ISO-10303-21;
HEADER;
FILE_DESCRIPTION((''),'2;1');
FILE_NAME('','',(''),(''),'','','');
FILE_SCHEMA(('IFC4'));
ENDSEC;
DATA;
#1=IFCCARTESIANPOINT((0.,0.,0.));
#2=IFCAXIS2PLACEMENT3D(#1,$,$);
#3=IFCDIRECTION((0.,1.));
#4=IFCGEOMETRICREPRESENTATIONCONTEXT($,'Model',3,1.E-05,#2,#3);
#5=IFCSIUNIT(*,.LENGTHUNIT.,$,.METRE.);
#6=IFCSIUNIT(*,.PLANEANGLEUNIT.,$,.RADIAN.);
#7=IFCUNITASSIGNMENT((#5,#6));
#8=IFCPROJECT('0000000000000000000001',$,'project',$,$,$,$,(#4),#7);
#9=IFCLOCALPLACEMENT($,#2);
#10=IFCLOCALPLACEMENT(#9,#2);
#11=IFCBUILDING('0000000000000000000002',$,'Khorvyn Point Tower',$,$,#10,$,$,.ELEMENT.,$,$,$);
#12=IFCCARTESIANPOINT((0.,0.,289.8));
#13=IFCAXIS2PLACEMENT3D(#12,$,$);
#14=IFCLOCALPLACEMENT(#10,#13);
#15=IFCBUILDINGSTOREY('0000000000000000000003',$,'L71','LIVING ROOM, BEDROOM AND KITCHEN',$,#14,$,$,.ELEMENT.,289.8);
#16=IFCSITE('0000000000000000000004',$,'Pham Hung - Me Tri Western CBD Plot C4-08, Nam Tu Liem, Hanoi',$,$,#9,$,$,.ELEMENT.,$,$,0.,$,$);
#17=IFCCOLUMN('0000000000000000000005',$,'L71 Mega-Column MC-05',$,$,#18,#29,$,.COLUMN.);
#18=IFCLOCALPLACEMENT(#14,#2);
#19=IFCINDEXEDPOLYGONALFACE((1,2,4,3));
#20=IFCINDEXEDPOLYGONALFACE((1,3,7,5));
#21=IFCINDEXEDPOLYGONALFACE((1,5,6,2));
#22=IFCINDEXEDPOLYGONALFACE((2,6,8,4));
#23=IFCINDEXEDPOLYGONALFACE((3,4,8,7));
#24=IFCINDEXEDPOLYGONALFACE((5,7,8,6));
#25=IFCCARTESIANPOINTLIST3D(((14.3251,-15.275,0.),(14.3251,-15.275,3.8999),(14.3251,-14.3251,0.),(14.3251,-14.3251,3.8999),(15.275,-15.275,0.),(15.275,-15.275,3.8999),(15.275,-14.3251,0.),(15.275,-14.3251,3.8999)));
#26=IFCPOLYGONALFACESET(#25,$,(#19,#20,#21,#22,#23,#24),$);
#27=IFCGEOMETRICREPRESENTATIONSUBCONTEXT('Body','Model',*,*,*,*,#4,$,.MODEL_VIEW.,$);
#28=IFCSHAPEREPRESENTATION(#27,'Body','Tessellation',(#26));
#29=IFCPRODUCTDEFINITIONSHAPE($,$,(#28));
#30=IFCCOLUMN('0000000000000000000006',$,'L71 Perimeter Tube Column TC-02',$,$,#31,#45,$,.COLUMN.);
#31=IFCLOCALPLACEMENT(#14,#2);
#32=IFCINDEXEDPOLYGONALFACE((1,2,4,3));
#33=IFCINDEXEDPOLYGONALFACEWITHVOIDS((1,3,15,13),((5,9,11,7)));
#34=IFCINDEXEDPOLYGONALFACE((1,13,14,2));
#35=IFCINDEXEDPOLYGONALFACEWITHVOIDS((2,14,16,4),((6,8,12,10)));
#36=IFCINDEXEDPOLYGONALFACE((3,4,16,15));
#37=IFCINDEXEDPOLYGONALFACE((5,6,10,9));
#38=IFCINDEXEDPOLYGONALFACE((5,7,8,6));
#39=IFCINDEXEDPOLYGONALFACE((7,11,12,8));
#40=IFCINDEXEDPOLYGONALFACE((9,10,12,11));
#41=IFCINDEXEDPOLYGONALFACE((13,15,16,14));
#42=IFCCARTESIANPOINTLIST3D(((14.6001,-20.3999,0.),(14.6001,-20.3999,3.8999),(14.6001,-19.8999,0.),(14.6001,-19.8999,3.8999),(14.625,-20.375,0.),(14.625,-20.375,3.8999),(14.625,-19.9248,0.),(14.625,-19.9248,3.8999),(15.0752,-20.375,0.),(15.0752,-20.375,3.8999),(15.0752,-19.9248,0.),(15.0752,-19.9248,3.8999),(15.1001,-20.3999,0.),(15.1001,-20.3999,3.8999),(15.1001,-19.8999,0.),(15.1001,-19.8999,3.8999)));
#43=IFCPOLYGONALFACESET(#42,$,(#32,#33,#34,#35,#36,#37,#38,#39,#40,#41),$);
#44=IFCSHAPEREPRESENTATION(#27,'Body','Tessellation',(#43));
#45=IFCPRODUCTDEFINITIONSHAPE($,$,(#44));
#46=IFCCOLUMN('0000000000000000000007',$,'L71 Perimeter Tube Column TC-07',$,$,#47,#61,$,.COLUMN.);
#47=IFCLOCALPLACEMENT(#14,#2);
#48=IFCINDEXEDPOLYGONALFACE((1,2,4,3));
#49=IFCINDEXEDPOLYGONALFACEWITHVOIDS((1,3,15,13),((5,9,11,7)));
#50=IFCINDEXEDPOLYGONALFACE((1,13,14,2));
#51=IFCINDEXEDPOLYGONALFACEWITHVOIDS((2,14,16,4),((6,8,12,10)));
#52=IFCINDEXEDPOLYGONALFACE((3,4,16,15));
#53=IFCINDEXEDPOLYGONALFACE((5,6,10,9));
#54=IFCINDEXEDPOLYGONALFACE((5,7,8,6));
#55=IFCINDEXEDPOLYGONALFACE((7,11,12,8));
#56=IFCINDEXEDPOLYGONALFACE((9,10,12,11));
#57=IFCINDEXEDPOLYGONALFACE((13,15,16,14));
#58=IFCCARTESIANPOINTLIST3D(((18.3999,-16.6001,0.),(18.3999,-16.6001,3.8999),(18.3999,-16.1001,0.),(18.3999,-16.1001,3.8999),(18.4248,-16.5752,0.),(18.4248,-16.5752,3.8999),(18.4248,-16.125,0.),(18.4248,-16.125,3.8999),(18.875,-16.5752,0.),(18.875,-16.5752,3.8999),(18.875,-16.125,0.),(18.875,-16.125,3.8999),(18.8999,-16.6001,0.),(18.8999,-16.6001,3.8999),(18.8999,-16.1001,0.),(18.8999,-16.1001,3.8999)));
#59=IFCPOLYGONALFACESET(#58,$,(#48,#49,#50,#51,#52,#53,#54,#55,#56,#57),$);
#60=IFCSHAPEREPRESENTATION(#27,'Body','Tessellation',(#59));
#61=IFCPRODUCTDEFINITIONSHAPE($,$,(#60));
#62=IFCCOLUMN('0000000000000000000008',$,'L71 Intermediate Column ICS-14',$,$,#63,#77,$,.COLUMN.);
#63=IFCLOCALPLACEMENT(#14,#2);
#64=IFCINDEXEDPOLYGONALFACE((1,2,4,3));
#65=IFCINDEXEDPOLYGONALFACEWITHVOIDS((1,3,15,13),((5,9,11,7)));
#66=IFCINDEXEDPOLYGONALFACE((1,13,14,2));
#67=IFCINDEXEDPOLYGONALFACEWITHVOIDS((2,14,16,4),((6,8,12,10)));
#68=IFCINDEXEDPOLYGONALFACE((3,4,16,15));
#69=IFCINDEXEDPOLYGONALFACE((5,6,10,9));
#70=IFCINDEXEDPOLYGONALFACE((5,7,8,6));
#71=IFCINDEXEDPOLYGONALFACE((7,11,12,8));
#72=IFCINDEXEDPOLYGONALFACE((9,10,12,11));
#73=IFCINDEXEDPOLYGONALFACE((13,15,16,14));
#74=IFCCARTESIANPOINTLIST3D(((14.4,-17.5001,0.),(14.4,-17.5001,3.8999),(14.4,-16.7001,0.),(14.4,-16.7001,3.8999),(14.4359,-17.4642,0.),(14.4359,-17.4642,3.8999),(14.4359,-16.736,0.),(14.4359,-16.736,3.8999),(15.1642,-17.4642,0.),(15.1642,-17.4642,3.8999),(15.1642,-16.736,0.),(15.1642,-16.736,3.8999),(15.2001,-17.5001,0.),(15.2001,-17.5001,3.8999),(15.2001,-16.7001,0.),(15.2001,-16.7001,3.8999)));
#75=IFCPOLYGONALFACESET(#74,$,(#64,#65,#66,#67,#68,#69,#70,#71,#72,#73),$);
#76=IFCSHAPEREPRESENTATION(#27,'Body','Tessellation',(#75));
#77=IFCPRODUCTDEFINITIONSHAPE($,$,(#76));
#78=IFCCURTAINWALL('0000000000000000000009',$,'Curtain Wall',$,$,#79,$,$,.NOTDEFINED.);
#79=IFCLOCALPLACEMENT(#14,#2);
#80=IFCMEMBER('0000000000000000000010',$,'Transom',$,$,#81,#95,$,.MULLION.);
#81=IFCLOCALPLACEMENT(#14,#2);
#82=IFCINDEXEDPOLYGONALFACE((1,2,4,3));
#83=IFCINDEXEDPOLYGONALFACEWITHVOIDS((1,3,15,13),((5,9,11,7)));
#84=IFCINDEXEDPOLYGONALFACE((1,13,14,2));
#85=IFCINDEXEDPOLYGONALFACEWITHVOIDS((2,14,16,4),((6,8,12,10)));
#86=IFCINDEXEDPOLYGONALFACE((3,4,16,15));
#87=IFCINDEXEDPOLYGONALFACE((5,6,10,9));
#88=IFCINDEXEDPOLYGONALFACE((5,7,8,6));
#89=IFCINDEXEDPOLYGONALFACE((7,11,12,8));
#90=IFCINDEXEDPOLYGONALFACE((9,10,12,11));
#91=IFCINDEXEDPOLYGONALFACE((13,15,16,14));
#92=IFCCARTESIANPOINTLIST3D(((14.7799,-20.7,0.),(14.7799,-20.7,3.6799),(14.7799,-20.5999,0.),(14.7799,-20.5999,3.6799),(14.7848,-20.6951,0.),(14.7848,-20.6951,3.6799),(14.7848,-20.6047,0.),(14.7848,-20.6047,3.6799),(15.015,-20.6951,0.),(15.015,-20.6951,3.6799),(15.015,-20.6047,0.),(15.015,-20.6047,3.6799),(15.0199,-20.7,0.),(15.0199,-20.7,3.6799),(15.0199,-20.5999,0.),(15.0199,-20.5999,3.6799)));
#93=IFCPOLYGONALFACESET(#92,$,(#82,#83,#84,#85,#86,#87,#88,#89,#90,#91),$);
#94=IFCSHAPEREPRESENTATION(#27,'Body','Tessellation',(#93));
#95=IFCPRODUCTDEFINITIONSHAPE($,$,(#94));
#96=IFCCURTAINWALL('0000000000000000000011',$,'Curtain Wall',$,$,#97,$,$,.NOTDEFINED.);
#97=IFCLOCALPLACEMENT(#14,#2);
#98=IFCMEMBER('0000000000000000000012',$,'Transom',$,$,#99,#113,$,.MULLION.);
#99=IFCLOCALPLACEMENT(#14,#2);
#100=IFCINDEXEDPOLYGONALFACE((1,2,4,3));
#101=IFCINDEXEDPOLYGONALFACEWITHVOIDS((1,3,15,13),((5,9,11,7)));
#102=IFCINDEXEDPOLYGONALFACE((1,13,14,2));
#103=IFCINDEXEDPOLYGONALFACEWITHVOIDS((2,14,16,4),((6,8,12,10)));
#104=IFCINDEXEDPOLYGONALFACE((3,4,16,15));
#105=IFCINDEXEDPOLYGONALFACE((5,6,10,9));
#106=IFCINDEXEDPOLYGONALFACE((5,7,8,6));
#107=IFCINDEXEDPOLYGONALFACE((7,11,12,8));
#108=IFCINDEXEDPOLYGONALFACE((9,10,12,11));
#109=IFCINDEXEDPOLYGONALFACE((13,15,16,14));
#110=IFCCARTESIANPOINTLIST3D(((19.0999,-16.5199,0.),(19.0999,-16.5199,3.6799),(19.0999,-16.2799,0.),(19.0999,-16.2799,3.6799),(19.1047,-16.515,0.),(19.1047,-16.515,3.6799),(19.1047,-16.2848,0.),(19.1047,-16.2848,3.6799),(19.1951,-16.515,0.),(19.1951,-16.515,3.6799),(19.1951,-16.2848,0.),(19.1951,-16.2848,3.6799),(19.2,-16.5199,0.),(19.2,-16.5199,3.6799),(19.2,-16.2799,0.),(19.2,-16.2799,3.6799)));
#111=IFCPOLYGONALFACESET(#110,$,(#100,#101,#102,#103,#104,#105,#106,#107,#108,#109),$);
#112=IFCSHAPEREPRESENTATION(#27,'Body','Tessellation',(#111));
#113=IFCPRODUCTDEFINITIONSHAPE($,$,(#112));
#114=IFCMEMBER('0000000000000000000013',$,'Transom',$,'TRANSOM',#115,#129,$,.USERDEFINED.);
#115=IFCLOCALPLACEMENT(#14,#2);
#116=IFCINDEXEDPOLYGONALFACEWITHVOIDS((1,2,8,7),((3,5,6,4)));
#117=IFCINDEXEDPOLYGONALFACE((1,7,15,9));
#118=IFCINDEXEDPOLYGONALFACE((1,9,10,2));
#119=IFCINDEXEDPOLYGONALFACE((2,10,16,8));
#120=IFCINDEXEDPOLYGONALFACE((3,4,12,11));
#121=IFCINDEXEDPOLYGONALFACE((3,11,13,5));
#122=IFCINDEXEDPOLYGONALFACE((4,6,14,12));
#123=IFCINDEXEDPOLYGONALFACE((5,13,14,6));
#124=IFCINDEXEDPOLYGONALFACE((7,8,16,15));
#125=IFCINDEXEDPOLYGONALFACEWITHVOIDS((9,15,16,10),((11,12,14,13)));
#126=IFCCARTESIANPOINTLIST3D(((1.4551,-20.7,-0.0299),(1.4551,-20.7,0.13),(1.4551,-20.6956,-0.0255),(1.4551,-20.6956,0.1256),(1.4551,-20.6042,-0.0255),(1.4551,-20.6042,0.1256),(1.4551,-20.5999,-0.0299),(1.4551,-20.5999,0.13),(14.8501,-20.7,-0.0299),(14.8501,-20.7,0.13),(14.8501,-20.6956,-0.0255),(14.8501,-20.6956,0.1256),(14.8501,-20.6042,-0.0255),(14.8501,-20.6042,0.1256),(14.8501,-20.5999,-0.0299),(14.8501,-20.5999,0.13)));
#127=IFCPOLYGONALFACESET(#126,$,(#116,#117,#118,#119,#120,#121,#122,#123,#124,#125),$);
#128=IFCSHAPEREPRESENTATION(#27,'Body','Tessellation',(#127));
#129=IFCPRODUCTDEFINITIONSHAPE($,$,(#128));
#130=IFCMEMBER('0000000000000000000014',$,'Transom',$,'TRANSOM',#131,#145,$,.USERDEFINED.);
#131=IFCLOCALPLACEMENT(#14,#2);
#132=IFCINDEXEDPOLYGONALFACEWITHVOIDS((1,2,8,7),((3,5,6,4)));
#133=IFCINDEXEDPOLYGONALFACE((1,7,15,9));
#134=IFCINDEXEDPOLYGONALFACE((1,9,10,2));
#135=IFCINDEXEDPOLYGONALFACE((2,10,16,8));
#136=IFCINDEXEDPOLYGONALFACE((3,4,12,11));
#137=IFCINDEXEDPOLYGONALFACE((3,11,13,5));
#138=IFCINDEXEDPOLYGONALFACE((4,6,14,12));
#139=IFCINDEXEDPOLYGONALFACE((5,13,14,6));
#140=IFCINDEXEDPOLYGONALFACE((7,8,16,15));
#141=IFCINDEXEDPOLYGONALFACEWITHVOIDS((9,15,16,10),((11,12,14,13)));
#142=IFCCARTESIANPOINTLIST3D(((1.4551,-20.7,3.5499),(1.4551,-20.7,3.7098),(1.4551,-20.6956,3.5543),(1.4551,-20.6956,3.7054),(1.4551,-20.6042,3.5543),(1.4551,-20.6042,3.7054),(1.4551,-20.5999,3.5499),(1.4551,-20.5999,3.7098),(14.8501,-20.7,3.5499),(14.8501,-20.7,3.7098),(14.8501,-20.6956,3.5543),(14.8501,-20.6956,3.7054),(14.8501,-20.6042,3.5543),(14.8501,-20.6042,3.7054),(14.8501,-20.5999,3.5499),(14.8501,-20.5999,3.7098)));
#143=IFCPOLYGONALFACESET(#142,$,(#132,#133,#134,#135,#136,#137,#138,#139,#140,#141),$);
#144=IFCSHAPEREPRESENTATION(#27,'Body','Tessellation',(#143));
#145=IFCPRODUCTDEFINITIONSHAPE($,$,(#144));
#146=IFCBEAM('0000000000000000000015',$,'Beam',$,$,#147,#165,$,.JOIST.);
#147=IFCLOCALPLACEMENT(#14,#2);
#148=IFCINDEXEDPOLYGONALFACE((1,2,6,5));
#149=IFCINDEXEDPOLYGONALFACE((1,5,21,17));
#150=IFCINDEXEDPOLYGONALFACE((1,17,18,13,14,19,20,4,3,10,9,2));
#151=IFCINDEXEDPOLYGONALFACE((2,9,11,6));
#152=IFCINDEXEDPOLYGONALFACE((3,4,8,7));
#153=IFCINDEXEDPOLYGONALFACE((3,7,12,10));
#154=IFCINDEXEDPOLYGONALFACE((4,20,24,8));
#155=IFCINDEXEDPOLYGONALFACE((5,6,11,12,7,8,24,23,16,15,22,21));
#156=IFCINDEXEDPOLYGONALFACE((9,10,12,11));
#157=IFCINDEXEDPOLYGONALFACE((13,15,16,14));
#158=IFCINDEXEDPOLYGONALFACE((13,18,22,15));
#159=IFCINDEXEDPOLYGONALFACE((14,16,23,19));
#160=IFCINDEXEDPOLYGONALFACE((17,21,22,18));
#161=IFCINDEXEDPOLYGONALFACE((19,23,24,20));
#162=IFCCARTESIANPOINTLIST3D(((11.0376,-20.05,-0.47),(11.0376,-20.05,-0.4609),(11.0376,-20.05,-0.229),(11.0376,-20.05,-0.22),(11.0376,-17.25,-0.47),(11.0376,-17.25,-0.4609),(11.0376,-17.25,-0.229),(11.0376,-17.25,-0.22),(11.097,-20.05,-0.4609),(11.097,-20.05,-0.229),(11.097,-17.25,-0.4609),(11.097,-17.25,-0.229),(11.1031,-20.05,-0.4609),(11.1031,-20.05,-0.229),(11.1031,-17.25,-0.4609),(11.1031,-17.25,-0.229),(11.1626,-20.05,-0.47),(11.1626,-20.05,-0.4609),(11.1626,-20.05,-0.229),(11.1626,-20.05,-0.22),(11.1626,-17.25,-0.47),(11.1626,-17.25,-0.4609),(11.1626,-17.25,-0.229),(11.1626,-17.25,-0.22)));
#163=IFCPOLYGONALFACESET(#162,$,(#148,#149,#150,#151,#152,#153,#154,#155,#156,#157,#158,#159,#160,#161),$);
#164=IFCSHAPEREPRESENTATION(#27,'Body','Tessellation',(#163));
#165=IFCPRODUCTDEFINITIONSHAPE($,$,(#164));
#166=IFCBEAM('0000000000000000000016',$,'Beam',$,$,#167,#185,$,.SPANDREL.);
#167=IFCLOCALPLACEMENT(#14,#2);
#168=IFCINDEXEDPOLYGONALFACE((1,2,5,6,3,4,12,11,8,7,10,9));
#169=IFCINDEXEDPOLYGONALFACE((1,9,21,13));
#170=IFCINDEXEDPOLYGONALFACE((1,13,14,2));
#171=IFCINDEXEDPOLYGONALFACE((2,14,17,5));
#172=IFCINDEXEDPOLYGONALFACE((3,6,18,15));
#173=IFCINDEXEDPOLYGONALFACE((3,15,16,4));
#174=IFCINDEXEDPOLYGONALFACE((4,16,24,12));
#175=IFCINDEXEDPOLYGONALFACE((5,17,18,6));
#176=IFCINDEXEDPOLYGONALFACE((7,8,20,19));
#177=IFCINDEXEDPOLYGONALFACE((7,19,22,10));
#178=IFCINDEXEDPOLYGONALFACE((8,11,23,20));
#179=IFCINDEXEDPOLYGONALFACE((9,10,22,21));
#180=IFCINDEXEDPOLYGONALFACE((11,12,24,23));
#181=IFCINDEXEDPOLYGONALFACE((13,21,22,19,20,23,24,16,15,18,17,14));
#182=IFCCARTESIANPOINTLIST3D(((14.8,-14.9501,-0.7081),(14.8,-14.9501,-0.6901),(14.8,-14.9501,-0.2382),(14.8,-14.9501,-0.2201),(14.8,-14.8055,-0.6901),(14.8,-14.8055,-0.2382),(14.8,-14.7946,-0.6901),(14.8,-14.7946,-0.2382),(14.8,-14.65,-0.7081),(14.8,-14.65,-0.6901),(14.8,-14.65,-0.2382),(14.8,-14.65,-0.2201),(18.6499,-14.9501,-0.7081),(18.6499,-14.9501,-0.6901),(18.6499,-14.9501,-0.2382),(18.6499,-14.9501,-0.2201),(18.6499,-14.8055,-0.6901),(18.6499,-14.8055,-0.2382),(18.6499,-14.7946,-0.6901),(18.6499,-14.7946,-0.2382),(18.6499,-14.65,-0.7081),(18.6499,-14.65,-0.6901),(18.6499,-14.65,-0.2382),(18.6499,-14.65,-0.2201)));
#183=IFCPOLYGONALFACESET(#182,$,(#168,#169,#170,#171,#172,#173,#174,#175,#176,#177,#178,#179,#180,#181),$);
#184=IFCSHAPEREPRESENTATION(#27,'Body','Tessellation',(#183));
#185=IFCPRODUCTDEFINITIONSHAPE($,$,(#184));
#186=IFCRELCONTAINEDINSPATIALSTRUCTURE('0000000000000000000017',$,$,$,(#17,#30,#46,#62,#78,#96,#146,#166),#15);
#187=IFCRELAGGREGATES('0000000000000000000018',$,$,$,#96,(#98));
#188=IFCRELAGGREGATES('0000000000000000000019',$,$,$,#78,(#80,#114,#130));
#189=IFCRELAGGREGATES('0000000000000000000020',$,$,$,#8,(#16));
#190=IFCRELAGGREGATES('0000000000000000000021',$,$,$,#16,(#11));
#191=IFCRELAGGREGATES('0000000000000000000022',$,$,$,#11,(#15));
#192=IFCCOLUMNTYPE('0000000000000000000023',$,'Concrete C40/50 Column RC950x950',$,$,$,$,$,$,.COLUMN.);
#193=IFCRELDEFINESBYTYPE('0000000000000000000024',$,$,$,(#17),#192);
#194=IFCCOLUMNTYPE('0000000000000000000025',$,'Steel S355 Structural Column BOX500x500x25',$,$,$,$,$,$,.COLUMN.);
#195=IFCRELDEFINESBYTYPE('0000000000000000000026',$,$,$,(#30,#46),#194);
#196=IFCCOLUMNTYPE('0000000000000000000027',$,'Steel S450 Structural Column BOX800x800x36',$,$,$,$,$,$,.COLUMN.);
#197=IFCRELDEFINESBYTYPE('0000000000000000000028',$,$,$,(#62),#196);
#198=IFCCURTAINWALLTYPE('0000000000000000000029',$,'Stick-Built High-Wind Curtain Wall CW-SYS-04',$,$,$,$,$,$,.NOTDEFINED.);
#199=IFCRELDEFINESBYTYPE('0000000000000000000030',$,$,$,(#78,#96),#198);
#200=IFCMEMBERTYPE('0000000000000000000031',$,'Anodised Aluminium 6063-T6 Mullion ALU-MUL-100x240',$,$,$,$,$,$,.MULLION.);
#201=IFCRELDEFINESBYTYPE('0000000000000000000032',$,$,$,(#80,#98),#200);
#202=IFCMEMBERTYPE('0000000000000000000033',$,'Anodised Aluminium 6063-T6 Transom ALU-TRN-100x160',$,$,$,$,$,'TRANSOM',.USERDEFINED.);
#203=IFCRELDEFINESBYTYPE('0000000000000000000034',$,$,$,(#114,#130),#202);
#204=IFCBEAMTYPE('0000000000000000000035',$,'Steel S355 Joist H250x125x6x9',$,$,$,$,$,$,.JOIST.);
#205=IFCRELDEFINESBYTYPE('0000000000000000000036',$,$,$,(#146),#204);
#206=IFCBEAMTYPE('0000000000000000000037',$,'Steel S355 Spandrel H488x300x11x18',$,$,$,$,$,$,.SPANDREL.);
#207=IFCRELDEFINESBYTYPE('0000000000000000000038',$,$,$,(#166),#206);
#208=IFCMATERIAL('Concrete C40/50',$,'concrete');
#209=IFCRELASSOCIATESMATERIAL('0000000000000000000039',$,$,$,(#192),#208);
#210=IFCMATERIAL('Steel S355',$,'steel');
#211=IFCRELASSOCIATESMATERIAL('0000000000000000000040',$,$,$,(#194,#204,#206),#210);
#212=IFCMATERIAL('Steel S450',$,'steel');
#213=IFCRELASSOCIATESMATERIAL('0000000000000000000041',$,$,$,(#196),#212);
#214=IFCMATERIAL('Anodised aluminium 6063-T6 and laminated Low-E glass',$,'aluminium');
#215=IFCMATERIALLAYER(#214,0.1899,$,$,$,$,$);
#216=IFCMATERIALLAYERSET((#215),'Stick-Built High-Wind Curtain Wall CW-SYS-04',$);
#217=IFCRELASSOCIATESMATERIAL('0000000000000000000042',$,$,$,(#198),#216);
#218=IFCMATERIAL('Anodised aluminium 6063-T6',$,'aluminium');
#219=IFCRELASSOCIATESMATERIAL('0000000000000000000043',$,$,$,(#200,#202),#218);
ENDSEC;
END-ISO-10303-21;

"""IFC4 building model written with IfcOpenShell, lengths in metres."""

from ifc_helpers import new_model, si_unit, direction, frame, origin, origin_2d, place, context, subcontext, project, spatial, rectangle, hollow_rectangle, i_section, extrude, material, layer, layer_set, material_profile, profile_set, type_object, element, aggregate, save


model = new_model("IFC4")

# Units and contexts
model_context = context("Model", 3, precision=1e-05, world=origin(), true_north=direction((0.0, 1.0)))
body_context = subcontext(model_context, "Body", "Model", "MODEL_VIEW")
ifc_project = project(units=[si_unit("LENGTHUNIT", "METRE"), si_unit("PLANEANGLEUNIT", "RADIAN")], contexts=[model_context])

# Site, building, storey
site_placement = place(None, origin())
site = spatial("IfcSite", under=ifc_project, at=site_placement, Name="Pham Hung - Me Tri Western CBD Plot C4-08, Nam Tu Liem, Hanoi", CompositionType="ELEMENT", RefElevation=0.0)
building_placement = place(site_placement, origin())
building = spatial("IfcBuilding", under=site, at=building_placement, Name="Khorvyn Point Tower", CompositionType="ELEMENT")
storey_placement = place(building_placement, frame((0.0, 0.0, 289.8)))
storey = spatial("IfcBuildingStorey", under=building, at=storey_placement, Name="L71", Description="LIVING ROOM, BEDROOM AND KITCHEN", CompositionType="ELEMENT", Elevation=289.8)

# Columns
ifc_material_1 = material(Name="Concrete C40/50", Category="concrete")
ifc_material_profile_1 = material_profile(ifc_material_1, rectangle(XDim=0.95, YDim=0.95, at=origin_2d()))
ifc_profile_set_1 = profile_set([ifc_material_profile_1], Name="Concrete C40/50 RC950x950")
column_type_1 = type_object("IfcColumnType", Name="Concrete C40/50 Column RC950x950", PredefinedType="COLUMN", material=ifc_profile_set_1)
column_1_placement = place(storey_placement, frame((14.8, -14.8, 0.0), z_axis=(0.0, 0.0, 1.0), x_axis=(1.0, 0.0, 0.0)))
element("IfcColumn", 1, at=column_1_placement, inside=storey, type_object=column_type_1, Name="L71 Mega-Column MC-05", PredefinedType="COLUMN", context=body_context, shape_type="SweptSolid", body=[
    extrude(rectangle(XDim=0.95, YDim=0.95, at=origin_2d()), origin(), (0.0, 0.0, 1.0), 3.8999),
])
ifc_material_2 = material(Name="Steel S355", Category="steel")
ifc_material_profile_2 = material_profile(ifc_material_2, hollow_rectangle(XDim=0.5, YDim=0.5, WallThickness=0.0249, at=origin_2d()))
ifc_profile_set_2 = profile_set([ifc_material_profile_2], Name="Steel S355 BOX500x500x25")
column_type_2 = type_object("IfcColumnType", Name="Steel S355 Structural Column BOX500x500x25", PredefinedType="COLUMN", material=ifc_profile_set_2)
for number, where, z_axis, x_axis, name in (
    (2, (14.8501, -20.1499, 0.0), (0.0, 0.0, 1.0), (1.0, 0.0, 0.0), "L71 Perimeter Tube Column TC-02"),
    (3, (18.6499, -16.3501, 0.0), (0.0, 0.0, 1.0), (1.0, 0.0, 0.0), "L71 Perimeter Tube Column TC-07"),
):
    element("IfcColumn", number, at=place(storey_placement, frame(where, z_axis=z_axis, x_axis=x_axis)), inside=storey, type_object=column_type_2, Name=name, PredefinedType="COLUMN", context=body_context, shape_type="SweptSolid", body=[
        extrude(hollow_rectangle(XDim=0.5, YDim=0.5, WallThickness=0.0249, at=origin_2d()), origin(), (0.0, 0.0, 1.0), 3.8999),
    ])
ifc_material_3 = material(Name="Steel S450", Category="steel")
ifc_material_profile_3 = material_profile(ifc_material_3, hollow_rectangle(XDim=0.8, YDim=0.8, WallThickness=0.0359, at=origin_2d()))
ifc_profile_set_3 = profile_set([ifc_material_profile_3], Name="Steel S450 BOX800x800x36")
column_type_3 = type_object("IfcColumnType", Name="Steel S450 Structural Column BOX800x800x36", PredefinedType="COLUMN", material=ifc_profile_set_3)
column_2_placement = place(storey_placement, frame((14.8, -17.1001, 0.0), z_axis=(0.0, 0.0, 1.0), x_axis=(1.0, 0.0, 0.0)))
element("IfcColumn", 4, at=column_2_placement, inside=storey, type_object=column_type_3, Name="L71 Intermediate Column ICS-14", PredefinedType="COLUMN", context=body_context, shape_type="SweptSolid", body=[
    extrude(hollow_rectangle(XDim=0.8, YDim=0.8, WallThickness=0.0359, at=origin_2d()), origin(), (0.0, 0.0, 1.0), 3.8999),
])

# Curtain walls, members
ifc_material_4 = material(Name="Anodised aluminium 6063-T6 and laminated Low-E glass", Category="aluminium")
ifc_layer_1 = layer(ifc_material_4, 0.1899)
ifc_layer_set_1 = layer_set([ifc_layer_1], Name="Stick-Built High-Wind Curtain Wall CW-SYS-04")
curtain_wall_type = type_object("IfcCurtainWallType", Name="Stick-Built High-Wind Curtain Wall CW-SYS-04", PredefinedType="NOTDEFINED", material=ifc_layer_set_1)
curtain_wall_1_placement = place(storey_placement, origin())
curtain_wall_1 = element("IfcCurtainWall", 5, at=curtain_wall_1_placement, inside=storey, type_object=curtain_wall_type, Name="Curtain Wall", PredefinedType="NOTDEFINED")
ifc_material_5 = material(Name="Anodised aluminium 6063-T6", Category="aluminium")
ifc_material_profile_4 = material_profile(ifc_material_5, hollow_rectangle(XDim=0.1001, YDim=0.24, WallThickness=0.0049, at=origin_2d()))
ifc_profile_set_4 = profile_set([ifc_material_profile_4], Name="Anodised aluminium 6063-T6 ALU-MUL-100x240")
member_type_1 = type_object("IfcMemberType", Name="Anodised Aluminium 6063-T6 Mullion ALU-MUL-100x240", PredefinedType="MULLION", material=ifc_profile_set_4)
member_1_placement = place(storey_placement, frame((14.8999, -20.6499, 0.0), z_axis=(0.0, 0.0, 1.0), x_axis=(0.0, -1.0, 0.0)))
member_1 = element("IfcMember", 6, at=member_1_placement, type_object=member_type_1, Name="Transom", PredefinedType="MULLION", context=body_context, shape_type="SweptSolid", body=[
    extrude(hollow_rectangle(XDim=0.1001, YDim=0.24, WallThickness=0.0049, at=origin_2d()), origin(), (0.0, 0.0, 1.0), 3.6799),
])
curtain_wall_2_placement = place(storey_placement, origin())
curtain_wall_2 = element("IfcCurtainWall", 7, at=curtain_wall_2_placement, inside=storey, type_object=curtain_wall_type, Name="Curtain Wall", PredefinedType="NOTDEFINED")
member_2_placement = place(storey_placement, frame((19.1499, -16.3999, 0.0), z_axis=(0.0, 0.0, 1.0), x_axis=(1.0, 0.0, 0.0)))
member_2 = element("IfcMember", 8, at=member_2_placement, type_object=member_type_1, Name="Transom", PredefinedType="MULLION", context=body_context, shape_type="SweptSolid", body=[
    extrude(hollow_rectangle(XDim=0.1001, YDim=0.24, WallThickness=0.0049, at=origin_2d()), origin(), (0.0, 0.0, 1.0), 3.6799),
])
aggregate(curtain_wall_2, [member_2])

# Members
ifc_material_profile_5 = material_profile(ifc_material_5, hollow_rectangle(XDim=0.1001, YDim=0.1599, WallThickness=0.0044, at=origin_2d()))
ifc_profile_set_5 = profile_set([ifc_material_profile_5], Name="Anodised aluminium 6063-T6 ALU-TRN-100x160")
member_type_2 = type_object("IfcMemberType", Name="Anodised Aluminium 6063-T6 Transom ALU-TRN-100x160", ElementType="TRANSOM", PredefinedType="USERDEFINED", material=ifc_profile_set_5)
member_3_placement = place(storey_placement, frame((14.8501, -20.6499, 0.05), z_axis=(-1.0, 0.0, 0.0), x_axis=(0.0, -1.0, 0.0)))
member_3 = element("IfcMember", 9, at=member_3_placement, type_object=member_type_2, Name="Transom", ObjectType="TRANSOM", PredefinedType="USERDEFINED", context=body_context, shape_type="SweptSolid", body=[
    extrude(hollow_rectangle(XDim=0.1001, YDim=0.1599, WallThickness=0.0044, at=origin_2d()), origin(), (0.0, 0.0, 1.0), 13.395),
])
member_4_placement = place(storey_placement, frame((14.8501, -20.6499, 3.6299), z_axis=(-1.0, 0.0, 0.0), x_axis=(0.0, -1.0, 0.0)))
member_4 = element("IfcMember", 10, at=member_4_placement, type_object=member_type_2, Name="Transom", ObjectType="TRANSOM", PredefinedType="USERDEFINED", context=body_context, shape_type="SweptSolid", body=[
    extrude(hollow_rectangle(XDim=0.1001, YDim=0.1599, WallThickness=0.0044, at=origin_2d()), origin(), (0.0, 0.0, 1.0), 13.395),
])

# Beams
ifc_material_profile_6 = material_profile(ifc_material_2, i_section(OverallWidth=0.125, OverallDepth=0.25, WebThickness=0.0061, FlangeThickness=0.009, at=origin_2d()))
ifc_profile_set_6 = profile_set([ifc_material_profile_6], Name="Steel S355 H250x125x6x9")
beam_type_1 = type_object("IfcBeamType", Name="Steel S355 Joist H250x125x6x9", PredefinedType="JOIST", material=ifc_profile_set_6)
beam_1_placement = place(storey_placement, frame((11.1001, -20.05, -0.345), z_axis=(0.0, 1.0, 0.0), x_axis=(-1.0, 0.0, 0.0)))
element("IfcBeam", 11, at=beam_1_placement, inside=storey, type_object=beam_type_1, Name="Beam", PredefinedType="JOIST", context=body_context, shape_type="SweptSolid", body=[
    extrude(i_section(OverallWidth=0.125, OverallDepth=0.25, WebThickness=0.0061, FlangeThickness=0.009, at=origin_2d()), origin(), (0.0, 0.0, 1.0), 2.8),
])
ifc_material_profile_7 = material_profile(ifc_material_2, i_section(OverallWidth=0.3, OverallDepth=0.488, WebThickness=0.011, FlangeThickness=0.0181, at=origin_2d()))
ifc_profile_set_7 = profile_set([ifc_material_profile_7], Name="Steel S355 H488x300x11x18")
beam_type_2 = type_object("IfcBeamType", Name="Steel S355 Spandrel H488x300x11x18", PredefinedType="SPANDREL", material=ifc_profile_set_7)
beam_2_placement = place(storey_placement, frame((14.8, -14.8, -0.4641), z_axis=(1.0, 0.0, 0.0), x_axis=(0.0, 1.0, 0.0)))
element("IfcBeam", 12, at=beam_2_placement, inside=storey, type_object=beam_type_2, Name="Beam", PredefinedType="SPANDREL", context=body_context, shape_type="SweptSolid", body=[
    extrude(i_section(OverallWidth=0.3, OverallDepth=0.488, WebThickness=0.011, FlangeThickness=0.0181, at=origin_2d()), origin(), (0.0, 0.0, 1.0), 3.8499),
])

aggregate(curtain_wall_1, [member_1, member_3, member_4])

save(model, "model.ifc")
